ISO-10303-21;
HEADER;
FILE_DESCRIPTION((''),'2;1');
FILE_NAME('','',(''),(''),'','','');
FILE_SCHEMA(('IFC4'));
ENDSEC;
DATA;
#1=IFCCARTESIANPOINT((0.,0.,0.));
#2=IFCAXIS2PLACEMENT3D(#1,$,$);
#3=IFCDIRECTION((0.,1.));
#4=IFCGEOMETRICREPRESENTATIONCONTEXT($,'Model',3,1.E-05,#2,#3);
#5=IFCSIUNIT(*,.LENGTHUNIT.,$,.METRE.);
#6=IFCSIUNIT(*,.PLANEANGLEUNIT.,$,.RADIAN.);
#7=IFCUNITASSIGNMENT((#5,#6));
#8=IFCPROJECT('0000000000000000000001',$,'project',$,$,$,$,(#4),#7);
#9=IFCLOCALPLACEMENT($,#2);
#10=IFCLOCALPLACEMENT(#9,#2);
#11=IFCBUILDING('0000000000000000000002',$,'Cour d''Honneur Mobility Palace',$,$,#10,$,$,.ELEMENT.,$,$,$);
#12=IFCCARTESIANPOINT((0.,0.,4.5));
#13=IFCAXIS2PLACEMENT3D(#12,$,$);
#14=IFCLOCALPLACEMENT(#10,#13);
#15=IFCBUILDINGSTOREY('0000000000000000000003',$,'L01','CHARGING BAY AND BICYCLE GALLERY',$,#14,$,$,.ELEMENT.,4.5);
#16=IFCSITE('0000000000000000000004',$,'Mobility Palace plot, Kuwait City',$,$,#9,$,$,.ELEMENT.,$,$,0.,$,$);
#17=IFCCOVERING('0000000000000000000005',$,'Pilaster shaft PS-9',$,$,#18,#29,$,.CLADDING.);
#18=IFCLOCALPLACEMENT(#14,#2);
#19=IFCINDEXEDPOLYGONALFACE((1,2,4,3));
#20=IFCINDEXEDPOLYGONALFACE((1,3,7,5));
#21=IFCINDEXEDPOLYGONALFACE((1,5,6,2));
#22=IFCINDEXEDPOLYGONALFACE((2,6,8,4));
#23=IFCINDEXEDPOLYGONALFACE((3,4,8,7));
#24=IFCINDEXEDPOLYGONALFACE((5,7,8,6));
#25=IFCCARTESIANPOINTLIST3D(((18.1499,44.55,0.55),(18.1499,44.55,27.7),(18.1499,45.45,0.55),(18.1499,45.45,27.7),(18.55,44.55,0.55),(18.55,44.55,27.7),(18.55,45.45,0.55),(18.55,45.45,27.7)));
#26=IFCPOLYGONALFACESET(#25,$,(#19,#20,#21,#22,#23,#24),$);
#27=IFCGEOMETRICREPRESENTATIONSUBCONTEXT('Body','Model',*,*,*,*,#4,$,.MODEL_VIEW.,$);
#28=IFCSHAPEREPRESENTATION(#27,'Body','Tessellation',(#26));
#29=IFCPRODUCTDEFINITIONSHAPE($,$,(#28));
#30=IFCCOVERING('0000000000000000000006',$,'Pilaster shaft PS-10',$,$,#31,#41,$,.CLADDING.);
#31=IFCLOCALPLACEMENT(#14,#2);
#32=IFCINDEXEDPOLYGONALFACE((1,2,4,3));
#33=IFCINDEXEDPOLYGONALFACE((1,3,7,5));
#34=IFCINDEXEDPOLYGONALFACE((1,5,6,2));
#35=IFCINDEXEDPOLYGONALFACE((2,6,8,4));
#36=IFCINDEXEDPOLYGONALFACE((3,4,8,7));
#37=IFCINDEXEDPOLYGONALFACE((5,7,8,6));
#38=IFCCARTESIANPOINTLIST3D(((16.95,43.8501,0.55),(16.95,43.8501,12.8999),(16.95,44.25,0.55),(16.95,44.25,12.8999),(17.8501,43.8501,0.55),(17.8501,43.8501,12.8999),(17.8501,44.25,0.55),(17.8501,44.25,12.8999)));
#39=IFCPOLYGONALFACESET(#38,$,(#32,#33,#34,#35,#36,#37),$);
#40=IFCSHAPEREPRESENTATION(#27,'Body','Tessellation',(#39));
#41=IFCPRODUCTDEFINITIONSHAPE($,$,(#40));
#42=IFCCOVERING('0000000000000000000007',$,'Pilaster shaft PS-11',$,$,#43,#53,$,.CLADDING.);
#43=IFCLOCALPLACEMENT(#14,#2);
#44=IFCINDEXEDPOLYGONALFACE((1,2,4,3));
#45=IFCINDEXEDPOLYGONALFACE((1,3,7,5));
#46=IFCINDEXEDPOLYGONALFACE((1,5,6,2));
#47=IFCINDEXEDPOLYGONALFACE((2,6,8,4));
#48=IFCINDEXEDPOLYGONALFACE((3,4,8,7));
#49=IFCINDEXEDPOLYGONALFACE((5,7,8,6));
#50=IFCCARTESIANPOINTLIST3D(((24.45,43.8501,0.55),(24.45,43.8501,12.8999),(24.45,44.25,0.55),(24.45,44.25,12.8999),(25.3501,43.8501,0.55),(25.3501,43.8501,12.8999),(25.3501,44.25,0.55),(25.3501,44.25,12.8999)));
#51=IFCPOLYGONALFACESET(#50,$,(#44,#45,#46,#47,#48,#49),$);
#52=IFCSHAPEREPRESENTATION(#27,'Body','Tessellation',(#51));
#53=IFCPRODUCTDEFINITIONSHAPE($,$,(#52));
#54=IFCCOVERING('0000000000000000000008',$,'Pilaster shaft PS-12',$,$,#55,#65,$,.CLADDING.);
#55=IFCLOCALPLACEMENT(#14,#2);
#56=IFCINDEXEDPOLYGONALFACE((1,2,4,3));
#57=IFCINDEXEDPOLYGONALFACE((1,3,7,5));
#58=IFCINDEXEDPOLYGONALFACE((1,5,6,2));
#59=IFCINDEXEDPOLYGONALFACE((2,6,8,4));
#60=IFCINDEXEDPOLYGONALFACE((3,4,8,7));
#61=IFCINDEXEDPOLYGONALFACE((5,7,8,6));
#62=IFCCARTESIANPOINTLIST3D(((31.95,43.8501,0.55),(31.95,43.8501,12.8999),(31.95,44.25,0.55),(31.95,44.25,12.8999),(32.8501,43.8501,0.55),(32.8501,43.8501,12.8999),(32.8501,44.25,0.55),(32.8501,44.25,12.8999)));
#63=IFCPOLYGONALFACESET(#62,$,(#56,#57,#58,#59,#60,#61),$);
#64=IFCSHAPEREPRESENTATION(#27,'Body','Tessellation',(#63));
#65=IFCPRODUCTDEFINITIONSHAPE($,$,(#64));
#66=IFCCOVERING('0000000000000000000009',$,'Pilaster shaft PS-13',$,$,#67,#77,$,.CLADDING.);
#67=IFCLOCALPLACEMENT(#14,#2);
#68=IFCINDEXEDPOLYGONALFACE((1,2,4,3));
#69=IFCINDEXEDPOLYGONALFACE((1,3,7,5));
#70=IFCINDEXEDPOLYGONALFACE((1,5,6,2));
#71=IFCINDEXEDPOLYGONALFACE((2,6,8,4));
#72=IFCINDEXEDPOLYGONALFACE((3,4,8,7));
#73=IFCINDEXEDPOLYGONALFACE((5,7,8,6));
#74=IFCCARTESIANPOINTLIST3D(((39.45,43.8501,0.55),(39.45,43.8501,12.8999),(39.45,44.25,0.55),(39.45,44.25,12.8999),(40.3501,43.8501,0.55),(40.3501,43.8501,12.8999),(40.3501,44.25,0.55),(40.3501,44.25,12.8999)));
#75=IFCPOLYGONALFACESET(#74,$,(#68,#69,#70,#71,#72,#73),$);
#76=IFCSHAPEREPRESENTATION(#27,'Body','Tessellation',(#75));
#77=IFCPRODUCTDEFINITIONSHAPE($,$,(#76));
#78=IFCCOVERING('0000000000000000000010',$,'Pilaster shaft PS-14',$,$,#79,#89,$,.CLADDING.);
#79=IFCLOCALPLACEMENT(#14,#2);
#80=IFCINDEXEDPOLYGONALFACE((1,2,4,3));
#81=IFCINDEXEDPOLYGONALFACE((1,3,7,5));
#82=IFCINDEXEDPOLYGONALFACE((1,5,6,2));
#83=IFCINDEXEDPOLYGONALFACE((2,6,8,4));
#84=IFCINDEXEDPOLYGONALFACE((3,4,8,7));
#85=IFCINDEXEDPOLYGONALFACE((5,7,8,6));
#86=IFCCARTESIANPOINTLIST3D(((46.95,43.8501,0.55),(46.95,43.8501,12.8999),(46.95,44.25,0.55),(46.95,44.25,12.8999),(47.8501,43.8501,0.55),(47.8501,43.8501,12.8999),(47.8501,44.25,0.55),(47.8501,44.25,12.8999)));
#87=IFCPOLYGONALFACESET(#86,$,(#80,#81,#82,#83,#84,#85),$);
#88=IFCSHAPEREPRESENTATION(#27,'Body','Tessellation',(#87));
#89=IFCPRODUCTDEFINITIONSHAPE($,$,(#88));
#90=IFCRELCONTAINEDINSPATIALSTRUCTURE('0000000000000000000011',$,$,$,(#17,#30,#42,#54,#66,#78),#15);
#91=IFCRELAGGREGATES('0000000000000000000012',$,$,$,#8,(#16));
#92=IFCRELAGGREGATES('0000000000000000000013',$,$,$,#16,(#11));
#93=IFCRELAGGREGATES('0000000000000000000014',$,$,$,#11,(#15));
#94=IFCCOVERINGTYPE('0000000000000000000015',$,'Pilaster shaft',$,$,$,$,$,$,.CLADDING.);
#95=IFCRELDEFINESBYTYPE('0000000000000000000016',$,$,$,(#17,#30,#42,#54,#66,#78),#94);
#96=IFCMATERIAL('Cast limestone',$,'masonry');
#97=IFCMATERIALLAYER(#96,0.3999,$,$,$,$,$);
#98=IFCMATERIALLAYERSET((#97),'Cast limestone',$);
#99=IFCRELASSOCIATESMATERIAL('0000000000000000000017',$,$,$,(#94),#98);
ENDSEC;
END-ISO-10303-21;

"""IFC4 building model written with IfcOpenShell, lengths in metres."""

from ifc_helpers import new_model, si_unit, direction, frame, origin, place, context, subcontext, project, spatial, polyline, outline, extrude, material, layer, layer_set, type_object, element, save


model = new_model("IFC4")

# Units and contexts
model_context = context("Model", 3, precision=1e-05, world=origin(), true_north=direction((0.0, 1.0)))
body_context = subcontext(model_context, "Body", "Model", "MODEL_VIEW")
ifc_project = project(units=[si_unit("LENGTHUNIT", "METRE"), si_unit("PLANEANGLEUNIT", "RADIAN")], contexts=[model_context])

# Site, building, storey
site_placement = place(None, origin())
site = spatial("IfcSite", under=ifc_project, at=site_placement, Name="Mobility Palace plot, Kuwait City", CompositionType="ELEMENT", RefElevation=0.0)
building_placement = place(site_placement, origin())
building = spatial("IfcBuilding", under=site, at=building_placement, Name="Cour d'Honneur Mobility Palace", CompositionType="ELEMENT")
storey_placement = place(building_placement, frame((0.0, 0.0, 4.5)))
storey = spatial("IfcBuildingStorey", under=building, at=storey_placement, Name="L01", Description="CHARGING BAY AND BICYCLE GALLERY", CompositionType="ELEMENT", Elevation=4.5)

# Coverings
ifc_material_1 = material(Name="Cast limestone", Category="masonry")
ifc_layer_1 = layer(ifc_material_1, 0.3999)
ifc_layer_set_1 = layer_set([ifc_layer_1], Name="Cast limestone")
covering_type_1 = type_object("IfcCoveringType", Name="Pilaster shaft", PredefinedType="CLADDING", material=ifc_layer_set_1)
covering_1_placement = place(storey_placement, frame((0.0, 0.0, 0.55)))
element("IfcCovering", 1, at=covering_1_placement, inside=storey, type_object=covering_type_1, Name="Pilaster shaft PS-9", PredefinedType="CLADDING", context=body_context, shape_type="SweptSolid", body=[
    extrude(outline(polyline([(18.1499, 44.55), (18.1499, 45.45), (18.55, 45.45), (18.55, 44.55), (18.1499, 44.55)])), origin(), (0.0, 0.0, 1.0), 27.1499),
])
covering_2_placement = place(storey_placement, frame((0.0, 0.0, 0.55)))
element("IfcCovering", 2, at=covering_2_placement, inside=storey, type_object=covering_type_1, Name="Pilaster shaft PS-10", PredefinedType="CLADDING", context=body_context, shape_type="SweptSolid", body=[
    extrude(outline(polyline([(16.95, 44.25), (17.8501, 44.25), (17.8501, 43.8501), (16.95, 43.8501), (16.95, 44.25)])), origin(), (0.0, 0.0, 1.0), 12.3499),
])
covering_3_placement = place(storey_placement, frame((0.0, 0.0, 0.55)))
element("IfcCovering", 3, at=covering_3_placement, inside=storey, type_object=covering_type_1, Name="Pilaster shaft PS-11", PredefinedType="CLADDING", context=body_context, shape_type="SweptSolid", body=[
    extrude(outline(polyline([(24.45, 44.25), (25.3501, 44.25), (25.3501, 43.8501), (24.45, 43.8501), (24.45, 44.25)])), origin(), (0.0, 0.0, 1.0), 12.3499),
])
covering_4_placement = place(storey_placement, frame((0.0, 0.0, 0.55)))
element("IfcCovering", 4, at=covering_4_placement, inside=storey, type_object=covering_type_1, Name="Pilaster shaft PS-12", PredefinedType="CLADDING", context=body_context, shape_type="SweptSolid", body=[
    extrude(outline(polyline([(31.95, 44.25), (32.8501, 44.25), (32.8501, 43.8501), (31.95, 43.8501), (31.95, 44.25)])), origin(), (0.0, 0.0, 1.0), 12.3499),
])
covering_5_placement = place(storey_placement, frame((0.0, 0.0, 0.55)))
element("IfcCovering", 5, at=covering_5_placement, inside=storey, type_object=covering_type_1, Name="Pilaster shaft PS-13", PredefinedType="CLADDING", context=body_context, shape_type="SweptSolid", body=[
    extrude(outline(polyline([(39.45, 44.25), (40.3501, 44.25), (40.3501, 43.8501), (39.45, 43.8501), (39.45, 44.25)])), origin(), (0.0, 0.0, 1.0), 12.3499),
])
covering_6_placement = place(storey_placement, frame((0.0, 0.0, 0.55)))
element("IfcCovering", 6, at=covering_6_placement, inside=storey, type_object=covering_type_1, Name="Pilaster shaft PS-14", PredefinedType="CLADDING", context=body_context, shape_type="SweptSolid", body=[
    extrude(outline(polyline([(46.95, 44.25), (47.8501, 44.25), (47.8501, 43.8501), (46.95, 43.8501), (46.95, 44.25)])), origin(), (0.0, 0.0, 1.0), 12.3499),
])

save(model, "model.ifc")
